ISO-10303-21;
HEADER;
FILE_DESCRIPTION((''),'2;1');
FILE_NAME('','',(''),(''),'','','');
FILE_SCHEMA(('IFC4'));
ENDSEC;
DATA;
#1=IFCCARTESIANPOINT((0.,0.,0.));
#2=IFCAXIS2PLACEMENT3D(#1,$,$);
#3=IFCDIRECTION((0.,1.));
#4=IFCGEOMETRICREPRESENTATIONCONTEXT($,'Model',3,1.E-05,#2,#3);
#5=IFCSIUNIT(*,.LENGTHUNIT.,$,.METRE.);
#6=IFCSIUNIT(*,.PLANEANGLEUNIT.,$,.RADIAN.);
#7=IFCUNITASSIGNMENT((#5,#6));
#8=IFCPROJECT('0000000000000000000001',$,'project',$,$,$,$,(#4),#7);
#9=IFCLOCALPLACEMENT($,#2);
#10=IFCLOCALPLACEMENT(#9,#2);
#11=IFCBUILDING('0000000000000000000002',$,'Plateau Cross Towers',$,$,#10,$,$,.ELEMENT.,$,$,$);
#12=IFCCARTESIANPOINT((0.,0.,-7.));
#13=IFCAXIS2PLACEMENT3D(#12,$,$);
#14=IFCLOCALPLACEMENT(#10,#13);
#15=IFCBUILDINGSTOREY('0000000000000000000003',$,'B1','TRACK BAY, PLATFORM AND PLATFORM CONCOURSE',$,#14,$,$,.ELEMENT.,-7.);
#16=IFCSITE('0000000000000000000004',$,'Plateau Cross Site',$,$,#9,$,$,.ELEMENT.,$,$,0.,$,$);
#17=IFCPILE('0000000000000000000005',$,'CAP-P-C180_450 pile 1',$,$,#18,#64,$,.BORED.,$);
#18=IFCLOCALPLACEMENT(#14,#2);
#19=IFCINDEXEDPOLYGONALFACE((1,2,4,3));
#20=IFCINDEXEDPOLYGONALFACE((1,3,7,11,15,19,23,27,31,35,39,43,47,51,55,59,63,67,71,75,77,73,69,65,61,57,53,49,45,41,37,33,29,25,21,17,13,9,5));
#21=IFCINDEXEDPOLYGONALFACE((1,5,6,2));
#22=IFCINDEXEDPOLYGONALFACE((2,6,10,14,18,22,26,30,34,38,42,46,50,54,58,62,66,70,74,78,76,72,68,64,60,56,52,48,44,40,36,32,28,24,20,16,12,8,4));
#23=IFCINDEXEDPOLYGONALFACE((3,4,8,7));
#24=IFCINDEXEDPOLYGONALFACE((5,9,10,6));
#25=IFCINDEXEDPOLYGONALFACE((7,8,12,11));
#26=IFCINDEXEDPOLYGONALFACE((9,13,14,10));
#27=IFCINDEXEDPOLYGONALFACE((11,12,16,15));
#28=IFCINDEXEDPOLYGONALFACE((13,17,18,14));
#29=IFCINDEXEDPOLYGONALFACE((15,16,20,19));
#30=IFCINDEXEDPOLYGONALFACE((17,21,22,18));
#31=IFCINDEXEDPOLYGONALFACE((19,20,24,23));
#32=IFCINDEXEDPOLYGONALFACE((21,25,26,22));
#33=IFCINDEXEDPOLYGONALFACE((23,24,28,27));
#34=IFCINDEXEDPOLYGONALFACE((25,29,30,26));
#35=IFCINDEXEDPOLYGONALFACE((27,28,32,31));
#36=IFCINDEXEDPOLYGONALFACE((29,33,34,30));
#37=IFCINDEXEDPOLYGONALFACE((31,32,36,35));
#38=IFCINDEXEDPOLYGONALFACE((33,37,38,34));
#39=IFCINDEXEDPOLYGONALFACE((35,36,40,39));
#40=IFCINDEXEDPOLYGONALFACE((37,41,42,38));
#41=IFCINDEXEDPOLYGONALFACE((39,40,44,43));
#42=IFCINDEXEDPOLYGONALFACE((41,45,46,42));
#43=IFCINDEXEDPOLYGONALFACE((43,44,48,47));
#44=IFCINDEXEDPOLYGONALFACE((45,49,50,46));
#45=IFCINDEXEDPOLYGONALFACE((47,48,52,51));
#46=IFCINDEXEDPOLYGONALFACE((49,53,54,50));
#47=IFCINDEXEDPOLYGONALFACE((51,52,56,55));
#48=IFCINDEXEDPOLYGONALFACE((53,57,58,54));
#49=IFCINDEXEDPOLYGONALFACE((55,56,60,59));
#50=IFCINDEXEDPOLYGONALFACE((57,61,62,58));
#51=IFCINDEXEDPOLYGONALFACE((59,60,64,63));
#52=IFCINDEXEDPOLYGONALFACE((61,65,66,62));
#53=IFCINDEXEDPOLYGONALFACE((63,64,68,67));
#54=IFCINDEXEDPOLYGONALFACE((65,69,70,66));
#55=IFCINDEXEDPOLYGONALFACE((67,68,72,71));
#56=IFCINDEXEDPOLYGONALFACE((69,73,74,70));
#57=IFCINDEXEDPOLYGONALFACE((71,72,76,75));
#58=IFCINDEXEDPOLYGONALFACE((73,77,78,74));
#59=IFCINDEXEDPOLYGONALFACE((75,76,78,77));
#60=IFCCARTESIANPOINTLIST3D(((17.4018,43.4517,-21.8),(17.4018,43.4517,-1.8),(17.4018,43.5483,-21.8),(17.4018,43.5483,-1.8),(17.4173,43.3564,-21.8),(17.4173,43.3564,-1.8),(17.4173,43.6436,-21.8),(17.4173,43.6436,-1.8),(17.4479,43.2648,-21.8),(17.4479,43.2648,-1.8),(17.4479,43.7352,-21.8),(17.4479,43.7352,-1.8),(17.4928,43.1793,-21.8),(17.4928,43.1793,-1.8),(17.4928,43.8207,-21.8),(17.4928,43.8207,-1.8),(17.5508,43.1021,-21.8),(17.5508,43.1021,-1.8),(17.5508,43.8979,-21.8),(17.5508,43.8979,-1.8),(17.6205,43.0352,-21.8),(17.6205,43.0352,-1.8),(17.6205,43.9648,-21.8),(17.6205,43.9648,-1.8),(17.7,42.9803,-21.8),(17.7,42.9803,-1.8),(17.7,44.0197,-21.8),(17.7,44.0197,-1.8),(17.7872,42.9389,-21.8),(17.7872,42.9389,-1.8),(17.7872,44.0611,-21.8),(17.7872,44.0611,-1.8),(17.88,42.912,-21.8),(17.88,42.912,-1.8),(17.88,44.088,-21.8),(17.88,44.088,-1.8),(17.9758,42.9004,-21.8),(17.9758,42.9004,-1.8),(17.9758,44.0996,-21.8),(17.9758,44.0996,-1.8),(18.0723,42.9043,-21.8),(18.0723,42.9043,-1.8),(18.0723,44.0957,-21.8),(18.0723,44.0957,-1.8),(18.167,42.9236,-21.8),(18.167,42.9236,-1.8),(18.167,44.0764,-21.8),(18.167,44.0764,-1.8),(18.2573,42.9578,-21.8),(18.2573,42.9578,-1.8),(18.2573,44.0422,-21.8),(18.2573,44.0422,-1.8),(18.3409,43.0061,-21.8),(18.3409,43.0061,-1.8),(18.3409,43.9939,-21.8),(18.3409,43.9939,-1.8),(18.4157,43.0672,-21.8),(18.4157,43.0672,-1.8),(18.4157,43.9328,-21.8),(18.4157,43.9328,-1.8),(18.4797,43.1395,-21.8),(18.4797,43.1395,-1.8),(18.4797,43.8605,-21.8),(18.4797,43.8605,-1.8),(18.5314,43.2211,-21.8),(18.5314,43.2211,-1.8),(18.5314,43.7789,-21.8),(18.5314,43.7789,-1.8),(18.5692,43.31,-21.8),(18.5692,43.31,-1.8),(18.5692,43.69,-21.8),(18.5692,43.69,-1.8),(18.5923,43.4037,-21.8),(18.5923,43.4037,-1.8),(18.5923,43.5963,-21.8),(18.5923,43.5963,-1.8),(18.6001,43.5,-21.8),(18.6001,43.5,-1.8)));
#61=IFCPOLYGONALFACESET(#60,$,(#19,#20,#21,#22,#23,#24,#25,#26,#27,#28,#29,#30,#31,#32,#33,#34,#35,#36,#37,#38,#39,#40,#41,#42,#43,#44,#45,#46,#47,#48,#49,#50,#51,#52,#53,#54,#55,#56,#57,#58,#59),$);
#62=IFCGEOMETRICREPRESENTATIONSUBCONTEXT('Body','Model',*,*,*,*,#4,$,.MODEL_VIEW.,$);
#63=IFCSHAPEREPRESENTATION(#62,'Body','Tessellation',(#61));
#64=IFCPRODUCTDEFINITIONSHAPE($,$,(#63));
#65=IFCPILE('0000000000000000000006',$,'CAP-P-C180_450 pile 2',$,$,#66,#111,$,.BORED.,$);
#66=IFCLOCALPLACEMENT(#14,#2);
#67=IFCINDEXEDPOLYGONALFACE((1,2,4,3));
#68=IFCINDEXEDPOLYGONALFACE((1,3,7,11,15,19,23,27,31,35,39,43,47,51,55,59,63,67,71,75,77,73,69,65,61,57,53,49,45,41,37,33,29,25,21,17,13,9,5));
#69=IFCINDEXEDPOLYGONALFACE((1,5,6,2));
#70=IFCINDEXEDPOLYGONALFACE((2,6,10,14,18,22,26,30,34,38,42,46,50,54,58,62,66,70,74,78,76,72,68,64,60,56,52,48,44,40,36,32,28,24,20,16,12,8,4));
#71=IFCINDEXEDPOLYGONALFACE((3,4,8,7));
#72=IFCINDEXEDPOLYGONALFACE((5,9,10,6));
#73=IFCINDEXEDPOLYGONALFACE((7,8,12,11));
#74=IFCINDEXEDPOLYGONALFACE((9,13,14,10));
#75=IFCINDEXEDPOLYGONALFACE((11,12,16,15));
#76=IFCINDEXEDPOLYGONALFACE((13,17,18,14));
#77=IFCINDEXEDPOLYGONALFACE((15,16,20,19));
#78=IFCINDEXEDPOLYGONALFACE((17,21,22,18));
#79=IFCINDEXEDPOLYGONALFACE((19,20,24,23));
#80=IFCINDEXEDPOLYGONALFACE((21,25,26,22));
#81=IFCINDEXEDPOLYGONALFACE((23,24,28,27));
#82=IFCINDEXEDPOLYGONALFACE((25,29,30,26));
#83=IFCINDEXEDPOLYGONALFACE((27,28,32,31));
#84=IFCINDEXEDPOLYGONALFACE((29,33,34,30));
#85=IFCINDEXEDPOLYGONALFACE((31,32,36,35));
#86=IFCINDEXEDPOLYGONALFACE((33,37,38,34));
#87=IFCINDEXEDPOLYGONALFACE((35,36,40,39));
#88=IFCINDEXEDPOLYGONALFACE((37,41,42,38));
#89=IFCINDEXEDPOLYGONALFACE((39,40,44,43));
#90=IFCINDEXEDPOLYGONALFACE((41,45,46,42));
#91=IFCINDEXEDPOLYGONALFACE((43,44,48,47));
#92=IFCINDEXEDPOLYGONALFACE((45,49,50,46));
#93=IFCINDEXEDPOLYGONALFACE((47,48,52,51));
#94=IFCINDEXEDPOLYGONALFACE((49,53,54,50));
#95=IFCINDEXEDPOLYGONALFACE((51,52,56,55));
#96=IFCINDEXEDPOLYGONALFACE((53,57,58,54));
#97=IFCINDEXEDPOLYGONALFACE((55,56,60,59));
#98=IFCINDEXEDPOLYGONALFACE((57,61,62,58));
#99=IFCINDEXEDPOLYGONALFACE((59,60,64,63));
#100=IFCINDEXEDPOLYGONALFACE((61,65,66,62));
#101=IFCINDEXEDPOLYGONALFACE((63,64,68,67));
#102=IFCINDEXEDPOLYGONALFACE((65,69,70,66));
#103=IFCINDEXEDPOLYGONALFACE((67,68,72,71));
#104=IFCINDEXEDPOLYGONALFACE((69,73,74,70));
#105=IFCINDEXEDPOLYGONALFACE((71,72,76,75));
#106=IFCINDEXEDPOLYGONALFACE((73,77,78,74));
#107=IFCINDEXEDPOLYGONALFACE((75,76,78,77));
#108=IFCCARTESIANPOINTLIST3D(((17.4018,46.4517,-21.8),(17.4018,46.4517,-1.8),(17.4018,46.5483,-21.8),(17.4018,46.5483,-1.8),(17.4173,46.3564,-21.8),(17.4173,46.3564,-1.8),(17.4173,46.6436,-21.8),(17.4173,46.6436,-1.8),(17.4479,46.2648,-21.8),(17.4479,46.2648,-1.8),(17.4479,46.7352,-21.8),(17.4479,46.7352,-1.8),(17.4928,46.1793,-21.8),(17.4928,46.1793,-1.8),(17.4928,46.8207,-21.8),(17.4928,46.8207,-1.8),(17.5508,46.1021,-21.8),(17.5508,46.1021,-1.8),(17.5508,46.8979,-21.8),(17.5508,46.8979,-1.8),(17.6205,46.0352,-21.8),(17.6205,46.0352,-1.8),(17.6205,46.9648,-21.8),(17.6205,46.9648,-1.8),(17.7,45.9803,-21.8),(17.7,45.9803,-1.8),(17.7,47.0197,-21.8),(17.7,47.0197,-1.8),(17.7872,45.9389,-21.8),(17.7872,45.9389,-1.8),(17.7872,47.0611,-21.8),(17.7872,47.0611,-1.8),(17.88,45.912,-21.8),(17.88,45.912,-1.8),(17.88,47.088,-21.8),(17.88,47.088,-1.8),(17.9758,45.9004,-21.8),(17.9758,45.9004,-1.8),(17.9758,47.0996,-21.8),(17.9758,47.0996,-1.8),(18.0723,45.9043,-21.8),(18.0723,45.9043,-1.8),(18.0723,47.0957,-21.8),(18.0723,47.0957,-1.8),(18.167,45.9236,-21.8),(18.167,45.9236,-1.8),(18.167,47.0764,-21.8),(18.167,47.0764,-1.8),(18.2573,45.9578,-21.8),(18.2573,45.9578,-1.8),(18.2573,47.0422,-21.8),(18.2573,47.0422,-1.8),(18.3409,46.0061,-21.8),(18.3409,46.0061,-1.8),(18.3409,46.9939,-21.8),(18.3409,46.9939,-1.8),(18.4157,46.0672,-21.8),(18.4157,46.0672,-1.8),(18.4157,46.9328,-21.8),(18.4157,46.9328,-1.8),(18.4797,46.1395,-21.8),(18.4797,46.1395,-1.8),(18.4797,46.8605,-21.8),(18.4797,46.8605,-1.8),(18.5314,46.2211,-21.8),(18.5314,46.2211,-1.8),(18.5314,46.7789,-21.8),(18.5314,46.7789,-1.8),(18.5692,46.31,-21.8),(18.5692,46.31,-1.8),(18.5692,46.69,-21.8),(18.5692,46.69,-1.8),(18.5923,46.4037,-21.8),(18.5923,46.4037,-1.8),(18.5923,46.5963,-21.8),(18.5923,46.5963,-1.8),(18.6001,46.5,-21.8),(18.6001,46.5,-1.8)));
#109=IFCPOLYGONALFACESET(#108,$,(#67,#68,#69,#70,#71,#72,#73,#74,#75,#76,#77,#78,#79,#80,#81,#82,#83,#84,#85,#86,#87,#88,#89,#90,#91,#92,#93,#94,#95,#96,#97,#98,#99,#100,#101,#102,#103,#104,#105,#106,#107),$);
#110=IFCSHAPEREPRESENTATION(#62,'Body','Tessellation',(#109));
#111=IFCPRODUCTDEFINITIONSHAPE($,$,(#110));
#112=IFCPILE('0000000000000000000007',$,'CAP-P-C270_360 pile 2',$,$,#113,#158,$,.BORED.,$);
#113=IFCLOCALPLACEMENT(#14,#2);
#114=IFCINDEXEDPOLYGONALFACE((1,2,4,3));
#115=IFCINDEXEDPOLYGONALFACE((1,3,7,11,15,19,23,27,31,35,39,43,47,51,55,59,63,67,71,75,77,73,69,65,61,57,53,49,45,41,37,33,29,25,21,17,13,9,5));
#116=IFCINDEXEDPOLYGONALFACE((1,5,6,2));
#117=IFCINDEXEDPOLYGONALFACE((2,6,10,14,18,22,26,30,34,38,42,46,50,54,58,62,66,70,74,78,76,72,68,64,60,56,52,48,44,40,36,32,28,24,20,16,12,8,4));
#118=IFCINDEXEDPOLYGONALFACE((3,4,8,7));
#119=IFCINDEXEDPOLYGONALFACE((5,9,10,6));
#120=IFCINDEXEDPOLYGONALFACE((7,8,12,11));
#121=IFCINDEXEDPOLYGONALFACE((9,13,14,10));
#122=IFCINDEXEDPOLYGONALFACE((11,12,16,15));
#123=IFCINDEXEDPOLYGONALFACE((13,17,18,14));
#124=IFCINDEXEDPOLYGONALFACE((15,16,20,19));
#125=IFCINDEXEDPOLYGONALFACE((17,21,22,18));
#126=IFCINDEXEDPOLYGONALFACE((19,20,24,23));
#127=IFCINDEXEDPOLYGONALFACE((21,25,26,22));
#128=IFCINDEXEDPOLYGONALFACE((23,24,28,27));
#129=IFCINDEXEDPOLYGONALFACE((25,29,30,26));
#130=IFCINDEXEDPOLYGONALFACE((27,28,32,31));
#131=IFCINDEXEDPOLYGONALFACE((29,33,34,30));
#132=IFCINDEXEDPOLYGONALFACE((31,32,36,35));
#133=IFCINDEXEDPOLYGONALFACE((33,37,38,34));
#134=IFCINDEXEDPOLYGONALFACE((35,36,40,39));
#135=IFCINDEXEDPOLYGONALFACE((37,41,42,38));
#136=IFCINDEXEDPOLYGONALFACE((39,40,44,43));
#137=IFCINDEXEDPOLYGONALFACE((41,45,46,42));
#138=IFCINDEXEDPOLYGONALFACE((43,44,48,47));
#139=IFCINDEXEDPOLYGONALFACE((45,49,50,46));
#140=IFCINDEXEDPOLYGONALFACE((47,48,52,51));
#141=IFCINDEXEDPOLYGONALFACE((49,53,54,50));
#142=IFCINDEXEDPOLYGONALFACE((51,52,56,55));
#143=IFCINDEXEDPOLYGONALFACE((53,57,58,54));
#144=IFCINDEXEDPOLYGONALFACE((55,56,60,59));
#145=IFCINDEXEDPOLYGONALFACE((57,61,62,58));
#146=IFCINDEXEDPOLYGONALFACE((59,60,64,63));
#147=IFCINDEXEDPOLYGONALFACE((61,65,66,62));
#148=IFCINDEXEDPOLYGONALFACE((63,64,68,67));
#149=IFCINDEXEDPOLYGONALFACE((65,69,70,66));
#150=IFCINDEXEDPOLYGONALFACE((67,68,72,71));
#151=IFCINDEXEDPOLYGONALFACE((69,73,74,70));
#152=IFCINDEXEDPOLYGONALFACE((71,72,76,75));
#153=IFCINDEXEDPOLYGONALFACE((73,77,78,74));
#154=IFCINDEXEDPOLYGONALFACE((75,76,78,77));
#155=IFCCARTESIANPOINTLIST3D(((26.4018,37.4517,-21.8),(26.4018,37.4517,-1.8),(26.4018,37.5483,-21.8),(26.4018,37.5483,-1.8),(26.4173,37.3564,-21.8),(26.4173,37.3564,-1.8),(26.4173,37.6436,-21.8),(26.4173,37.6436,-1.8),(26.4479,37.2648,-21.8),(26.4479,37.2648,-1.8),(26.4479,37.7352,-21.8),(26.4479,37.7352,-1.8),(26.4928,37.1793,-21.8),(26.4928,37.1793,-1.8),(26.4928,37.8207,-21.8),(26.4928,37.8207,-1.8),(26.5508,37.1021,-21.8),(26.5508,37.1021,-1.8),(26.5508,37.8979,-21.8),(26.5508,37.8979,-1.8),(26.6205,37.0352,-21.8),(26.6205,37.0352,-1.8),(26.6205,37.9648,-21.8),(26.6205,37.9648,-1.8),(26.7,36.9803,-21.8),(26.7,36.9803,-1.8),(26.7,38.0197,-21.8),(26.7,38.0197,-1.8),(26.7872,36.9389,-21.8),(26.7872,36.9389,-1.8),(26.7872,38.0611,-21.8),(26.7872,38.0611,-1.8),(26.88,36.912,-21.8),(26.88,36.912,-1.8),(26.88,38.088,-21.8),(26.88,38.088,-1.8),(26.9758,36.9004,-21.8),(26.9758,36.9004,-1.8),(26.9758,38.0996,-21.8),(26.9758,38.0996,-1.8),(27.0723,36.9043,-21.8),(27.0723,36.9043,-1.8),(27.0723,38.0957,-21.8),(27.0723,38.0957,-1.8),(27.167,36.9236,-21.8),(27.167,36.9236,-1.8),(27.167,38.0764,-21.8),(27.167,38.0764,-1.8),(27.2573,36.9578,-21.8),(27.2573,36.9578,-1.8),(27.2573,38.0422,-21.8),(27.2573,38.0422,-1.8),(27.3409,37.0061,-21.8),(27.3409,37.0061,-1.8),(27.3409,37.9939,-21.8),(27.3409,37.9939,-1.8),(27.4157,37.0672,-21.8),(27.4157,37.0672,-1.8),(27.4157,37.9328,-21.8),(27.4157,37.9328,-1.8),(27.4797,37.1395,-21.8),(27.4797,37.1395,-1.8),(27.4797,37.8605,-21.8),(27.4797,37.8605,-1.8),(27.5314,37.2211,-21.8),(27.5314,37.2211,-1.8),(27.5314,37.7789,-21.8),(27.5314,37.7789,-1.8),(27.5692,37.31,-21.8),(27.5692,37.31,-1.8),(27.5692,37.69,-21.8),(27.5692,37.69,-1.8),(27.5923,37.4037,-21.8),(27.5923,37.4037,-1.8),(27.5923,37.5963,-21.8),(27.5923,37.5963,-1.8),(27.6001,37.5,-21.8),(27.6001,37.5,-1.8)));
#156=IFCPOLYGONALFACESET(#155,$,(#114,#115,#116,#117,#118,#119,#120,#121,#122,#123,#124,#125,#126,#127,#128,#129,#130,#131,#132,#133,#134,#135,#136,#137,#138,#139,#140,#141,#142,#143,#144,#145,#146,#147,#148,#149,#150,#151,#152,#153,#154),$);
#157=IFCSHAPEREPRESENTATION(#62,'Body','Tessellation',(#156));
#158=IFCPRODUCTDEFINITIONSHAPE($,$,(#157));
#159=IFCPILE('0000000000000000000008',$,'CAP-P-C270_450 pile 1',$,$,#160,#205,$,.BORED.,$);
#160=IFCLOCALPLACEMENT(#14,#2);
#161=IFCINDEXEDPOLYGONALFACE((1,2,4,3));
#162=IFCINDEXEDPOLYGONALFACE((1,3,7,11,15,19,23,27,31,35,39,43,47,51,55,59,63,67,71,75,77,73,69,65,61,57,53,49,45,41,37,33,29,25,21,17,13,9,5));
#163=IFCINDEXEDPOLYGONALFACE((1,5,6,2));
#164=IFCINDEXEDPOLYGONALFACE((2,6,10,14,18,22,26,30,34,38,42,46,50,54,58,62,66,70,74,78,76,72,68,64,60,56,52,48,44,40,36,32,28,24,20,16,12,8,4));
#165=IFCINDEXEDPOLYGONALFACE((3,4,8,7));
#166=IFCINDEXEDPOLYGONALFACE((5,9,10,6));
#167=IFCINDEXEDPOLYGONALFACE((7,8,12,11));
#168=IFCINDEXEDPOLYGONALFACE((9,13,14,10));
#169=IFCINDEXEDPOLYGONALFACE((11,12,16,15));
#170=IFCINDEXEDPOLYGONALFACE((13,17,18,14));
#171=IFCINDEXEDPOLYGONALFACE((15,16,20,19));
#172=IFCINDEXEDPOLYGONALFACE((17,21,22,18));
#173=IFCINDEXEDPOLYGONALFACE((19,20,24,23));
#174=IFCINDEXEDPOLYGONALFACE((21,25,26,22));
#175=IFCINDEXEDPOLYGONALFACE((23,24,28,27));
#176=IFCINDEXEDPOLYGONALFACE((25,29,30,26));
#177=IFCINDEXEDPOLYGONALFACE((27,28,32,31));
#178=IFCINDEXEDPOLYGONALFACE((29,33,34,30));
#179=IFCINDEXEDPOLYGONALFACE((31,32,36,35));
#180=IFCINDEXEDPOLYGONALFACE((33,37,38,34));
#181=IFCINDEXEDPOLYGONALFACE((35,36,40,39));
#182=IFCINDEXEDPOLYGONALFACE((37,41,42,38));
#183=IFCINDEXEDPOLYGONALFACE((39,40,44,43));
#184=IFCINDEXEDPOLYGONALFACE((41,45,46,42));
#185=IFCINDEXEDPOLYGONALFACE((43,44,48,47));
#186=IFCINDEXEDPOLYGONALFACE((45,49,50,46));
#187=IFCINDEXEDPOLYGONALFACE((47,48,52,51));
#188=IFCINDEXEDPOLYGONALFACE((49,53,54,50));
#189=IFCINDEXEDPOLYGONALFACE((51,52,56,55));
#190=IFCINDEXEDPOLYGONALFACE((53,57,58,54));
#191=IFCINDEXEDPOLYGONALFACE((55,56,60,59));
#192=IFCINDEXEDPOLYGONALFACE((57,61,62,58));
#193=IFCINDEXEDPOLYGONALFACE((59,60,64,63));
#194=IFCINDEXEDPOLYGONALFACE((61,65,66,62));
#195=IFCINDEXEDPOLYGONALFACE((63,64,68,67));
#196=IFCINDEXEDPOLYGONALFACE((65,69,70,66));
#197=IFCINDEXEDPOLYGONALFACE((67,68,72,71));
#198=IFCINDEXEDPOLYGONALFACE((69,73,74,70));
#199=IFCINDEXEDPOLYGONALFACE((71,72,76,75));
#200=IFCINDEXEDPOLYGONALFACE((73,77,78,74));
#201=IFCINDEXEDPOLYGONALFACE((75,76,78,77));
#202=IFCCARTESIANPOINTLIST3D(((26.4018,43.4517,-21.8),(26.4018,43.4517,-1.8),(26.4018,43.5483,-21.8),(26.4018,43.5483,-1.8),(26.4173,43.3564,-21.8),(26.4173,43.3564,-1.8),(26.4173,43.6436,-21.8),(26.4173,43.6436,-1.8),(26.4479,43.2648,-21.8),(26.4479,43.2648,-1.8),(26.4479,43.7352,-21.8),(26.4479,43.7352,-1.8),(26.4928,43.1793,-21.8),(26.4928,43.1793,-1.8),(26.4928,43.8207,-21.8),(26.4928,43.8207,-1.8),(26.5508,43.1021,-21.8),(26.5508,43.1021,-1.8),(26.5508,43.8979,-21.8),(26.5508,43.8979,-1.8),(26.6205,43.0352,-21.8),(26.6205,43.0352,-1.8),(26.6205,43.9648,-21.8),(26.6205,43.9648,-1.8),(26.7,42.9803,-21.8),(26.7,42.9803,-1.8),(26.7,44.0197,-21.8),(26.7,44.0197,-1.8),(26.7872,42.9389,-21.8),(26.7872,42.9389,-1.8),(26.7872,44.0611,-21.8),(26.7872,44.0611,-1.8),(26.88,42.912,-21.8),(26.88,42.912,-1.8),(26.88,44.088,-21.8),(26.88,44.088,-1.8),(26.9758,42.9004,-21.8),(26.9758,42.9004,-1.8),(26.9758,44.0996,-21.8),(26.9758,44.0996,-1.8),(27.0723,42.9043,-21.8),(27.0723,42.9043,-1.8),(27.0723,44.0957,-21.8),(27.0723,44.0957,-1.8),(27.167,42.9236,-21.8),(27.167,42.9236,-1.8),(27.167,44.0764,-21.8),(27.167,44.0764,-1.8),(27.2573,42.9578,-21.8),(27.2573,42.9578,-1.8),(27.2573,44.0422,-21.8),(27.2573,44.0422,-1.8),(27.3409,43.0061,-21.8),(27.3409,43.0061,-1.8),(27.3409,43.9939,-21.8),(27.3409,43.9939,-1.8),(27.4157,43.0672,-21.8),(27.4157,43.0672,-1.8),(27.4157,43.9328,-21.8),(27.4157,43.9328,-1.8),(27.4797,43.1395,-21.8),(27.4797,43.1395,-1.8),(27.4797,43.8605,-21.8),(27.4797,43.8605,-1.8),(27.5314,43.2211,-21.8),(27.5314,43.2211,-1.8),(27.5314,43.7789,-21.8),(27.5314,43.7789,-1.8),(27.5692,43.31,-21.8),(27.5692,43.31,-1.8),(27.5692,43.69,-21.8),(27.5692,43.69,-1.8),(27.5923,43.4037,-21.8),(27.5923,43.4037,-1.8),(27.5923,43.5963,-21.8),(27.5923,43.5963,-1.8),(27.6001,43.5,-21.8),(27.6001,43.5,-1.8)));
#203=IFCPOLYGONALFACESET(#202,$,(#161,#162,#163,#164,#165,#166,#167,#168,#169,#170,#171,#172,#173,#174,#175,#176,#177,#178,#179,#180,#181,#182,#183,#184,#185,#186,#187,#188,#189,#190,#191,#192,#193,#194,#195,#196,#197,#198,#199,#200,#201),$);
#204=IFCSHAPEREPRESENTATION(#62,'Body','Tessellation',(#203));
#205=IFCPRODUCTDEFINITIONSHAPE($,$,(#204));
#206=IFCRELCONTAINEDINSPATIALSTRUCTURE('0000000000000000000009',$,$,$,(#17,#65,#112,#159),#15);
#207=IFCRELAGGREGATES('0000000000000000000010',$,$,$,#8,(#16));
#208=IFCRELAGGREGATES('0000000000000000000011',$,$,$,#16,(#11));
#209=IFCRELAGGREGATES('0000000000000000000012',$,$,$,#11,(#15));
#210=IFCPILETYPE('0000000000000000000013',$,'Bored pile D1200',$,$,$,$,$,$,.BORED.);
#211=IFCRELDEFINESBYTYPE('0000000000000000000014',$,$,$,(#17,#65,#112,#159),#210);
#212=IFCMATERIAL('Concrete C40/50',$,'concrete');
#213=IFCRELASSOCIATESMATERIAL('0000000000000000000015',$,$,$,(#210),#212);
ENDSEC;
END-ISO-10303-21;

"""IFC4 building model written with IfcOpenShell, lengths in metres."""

from ifc_helpers import new_model, si_unit, direction, frame, origin, origin_2d, place, context, subcontext, project, spatial, circle, extrude, material, material_profile, profile_set, type_object, element, save


model = new_model("IFC4")

# Units and contexts
model_context = context("Model", 3, precision=1e-05, world=origin(), true_north=direction((0.0, 1.0)))
body_context = subcontext(model_context, "Body", "Model", "MODEL_VIEW")
ifc_project = project(units=[si_unit("LENGTHUNIT", "METRE"), si_unit("PLANEANGLEUNIT", "RADIAN")], contexts=[model_context])

# Site, building, storey
site_placement = place(None, origin())
site = spatial("IfcSite", under=ifc_project, at=site_placement, Name="Plateau Cross Site", CompositionType="ELEMENT", RefElevation=0.0)
building_placement = place(site_placement, origin())
building = spatial("IfcBuilding", under=site, at=building_placement, Name="Plateau Cross Towers", CompositionType="ELEMENT")
storey_placement = place(building_placement, frame((0.0, 0.0, -7.0)))
storey = spatial("IfcBuildingStorey", under=building, at=storey_placement, Name="B1", Description="TRACK BAY, PLATFORM AND PLATFORM CONCOURSE", CompositionType="ELEMENT", Elevation=-7.0)

# Piles
ifc_material_1 = material(Name="Concrete C40/50", Category="concrete")
ifc_material_profile_1 = material_profile(ifc_material_1, circle(Radius=0.6001, at=origin_2d()), Name="Bored pile D1200")
ifc_profile_set_1 = profile_set([ifc_material_profile_1], Name="Concrete C40/50")
pile_type = type_object("IfcPileType", Name="Bored pile D1200", PredefinedType="BORED", material=ifc_profile_set_1)
for number, where, z_axis, x_axis, name in (
    (1, (18.0, 43.5, -1.8), (0.0, 0.0, -1.0), (1.0, 0.0, 0.0), "CAP-P-C180_450 pile 1"),
    (2, (18.0, 46.5, -1.8), (0.0, 0.0, -1.0), (1.0, 0.0, 0.0), "CAP-P-C180_450 pile 2"),
    (3, (27.0, 37.5, -1.8), (0.0, 0.0, -1.0), (1.0, 0.0, 0.0), "CAP-P-C270_360 pile 2"),
    (4, (27.0, 43.5, -1.8), (0.0, 0.0, -1.0), (1.0, 0.0, 0.0), "CAP-P-C270_450 pile 1"),
):
    element("IfcPile", number, at=place(storey_placement, frame(where, z_axis=z_axis, x_axis=x_axis)), inside=storey, type_object=pile_type, Name=name, PredefinedType="BORED", context=body_context, shape_type="SweptSolid", body=[
        extrude(circle(Radius=0.6001, at=origin_2d()), origin(), (0.0, 0.0, 1.0), 20.0),
    ])

save(model, "model.ifc")
